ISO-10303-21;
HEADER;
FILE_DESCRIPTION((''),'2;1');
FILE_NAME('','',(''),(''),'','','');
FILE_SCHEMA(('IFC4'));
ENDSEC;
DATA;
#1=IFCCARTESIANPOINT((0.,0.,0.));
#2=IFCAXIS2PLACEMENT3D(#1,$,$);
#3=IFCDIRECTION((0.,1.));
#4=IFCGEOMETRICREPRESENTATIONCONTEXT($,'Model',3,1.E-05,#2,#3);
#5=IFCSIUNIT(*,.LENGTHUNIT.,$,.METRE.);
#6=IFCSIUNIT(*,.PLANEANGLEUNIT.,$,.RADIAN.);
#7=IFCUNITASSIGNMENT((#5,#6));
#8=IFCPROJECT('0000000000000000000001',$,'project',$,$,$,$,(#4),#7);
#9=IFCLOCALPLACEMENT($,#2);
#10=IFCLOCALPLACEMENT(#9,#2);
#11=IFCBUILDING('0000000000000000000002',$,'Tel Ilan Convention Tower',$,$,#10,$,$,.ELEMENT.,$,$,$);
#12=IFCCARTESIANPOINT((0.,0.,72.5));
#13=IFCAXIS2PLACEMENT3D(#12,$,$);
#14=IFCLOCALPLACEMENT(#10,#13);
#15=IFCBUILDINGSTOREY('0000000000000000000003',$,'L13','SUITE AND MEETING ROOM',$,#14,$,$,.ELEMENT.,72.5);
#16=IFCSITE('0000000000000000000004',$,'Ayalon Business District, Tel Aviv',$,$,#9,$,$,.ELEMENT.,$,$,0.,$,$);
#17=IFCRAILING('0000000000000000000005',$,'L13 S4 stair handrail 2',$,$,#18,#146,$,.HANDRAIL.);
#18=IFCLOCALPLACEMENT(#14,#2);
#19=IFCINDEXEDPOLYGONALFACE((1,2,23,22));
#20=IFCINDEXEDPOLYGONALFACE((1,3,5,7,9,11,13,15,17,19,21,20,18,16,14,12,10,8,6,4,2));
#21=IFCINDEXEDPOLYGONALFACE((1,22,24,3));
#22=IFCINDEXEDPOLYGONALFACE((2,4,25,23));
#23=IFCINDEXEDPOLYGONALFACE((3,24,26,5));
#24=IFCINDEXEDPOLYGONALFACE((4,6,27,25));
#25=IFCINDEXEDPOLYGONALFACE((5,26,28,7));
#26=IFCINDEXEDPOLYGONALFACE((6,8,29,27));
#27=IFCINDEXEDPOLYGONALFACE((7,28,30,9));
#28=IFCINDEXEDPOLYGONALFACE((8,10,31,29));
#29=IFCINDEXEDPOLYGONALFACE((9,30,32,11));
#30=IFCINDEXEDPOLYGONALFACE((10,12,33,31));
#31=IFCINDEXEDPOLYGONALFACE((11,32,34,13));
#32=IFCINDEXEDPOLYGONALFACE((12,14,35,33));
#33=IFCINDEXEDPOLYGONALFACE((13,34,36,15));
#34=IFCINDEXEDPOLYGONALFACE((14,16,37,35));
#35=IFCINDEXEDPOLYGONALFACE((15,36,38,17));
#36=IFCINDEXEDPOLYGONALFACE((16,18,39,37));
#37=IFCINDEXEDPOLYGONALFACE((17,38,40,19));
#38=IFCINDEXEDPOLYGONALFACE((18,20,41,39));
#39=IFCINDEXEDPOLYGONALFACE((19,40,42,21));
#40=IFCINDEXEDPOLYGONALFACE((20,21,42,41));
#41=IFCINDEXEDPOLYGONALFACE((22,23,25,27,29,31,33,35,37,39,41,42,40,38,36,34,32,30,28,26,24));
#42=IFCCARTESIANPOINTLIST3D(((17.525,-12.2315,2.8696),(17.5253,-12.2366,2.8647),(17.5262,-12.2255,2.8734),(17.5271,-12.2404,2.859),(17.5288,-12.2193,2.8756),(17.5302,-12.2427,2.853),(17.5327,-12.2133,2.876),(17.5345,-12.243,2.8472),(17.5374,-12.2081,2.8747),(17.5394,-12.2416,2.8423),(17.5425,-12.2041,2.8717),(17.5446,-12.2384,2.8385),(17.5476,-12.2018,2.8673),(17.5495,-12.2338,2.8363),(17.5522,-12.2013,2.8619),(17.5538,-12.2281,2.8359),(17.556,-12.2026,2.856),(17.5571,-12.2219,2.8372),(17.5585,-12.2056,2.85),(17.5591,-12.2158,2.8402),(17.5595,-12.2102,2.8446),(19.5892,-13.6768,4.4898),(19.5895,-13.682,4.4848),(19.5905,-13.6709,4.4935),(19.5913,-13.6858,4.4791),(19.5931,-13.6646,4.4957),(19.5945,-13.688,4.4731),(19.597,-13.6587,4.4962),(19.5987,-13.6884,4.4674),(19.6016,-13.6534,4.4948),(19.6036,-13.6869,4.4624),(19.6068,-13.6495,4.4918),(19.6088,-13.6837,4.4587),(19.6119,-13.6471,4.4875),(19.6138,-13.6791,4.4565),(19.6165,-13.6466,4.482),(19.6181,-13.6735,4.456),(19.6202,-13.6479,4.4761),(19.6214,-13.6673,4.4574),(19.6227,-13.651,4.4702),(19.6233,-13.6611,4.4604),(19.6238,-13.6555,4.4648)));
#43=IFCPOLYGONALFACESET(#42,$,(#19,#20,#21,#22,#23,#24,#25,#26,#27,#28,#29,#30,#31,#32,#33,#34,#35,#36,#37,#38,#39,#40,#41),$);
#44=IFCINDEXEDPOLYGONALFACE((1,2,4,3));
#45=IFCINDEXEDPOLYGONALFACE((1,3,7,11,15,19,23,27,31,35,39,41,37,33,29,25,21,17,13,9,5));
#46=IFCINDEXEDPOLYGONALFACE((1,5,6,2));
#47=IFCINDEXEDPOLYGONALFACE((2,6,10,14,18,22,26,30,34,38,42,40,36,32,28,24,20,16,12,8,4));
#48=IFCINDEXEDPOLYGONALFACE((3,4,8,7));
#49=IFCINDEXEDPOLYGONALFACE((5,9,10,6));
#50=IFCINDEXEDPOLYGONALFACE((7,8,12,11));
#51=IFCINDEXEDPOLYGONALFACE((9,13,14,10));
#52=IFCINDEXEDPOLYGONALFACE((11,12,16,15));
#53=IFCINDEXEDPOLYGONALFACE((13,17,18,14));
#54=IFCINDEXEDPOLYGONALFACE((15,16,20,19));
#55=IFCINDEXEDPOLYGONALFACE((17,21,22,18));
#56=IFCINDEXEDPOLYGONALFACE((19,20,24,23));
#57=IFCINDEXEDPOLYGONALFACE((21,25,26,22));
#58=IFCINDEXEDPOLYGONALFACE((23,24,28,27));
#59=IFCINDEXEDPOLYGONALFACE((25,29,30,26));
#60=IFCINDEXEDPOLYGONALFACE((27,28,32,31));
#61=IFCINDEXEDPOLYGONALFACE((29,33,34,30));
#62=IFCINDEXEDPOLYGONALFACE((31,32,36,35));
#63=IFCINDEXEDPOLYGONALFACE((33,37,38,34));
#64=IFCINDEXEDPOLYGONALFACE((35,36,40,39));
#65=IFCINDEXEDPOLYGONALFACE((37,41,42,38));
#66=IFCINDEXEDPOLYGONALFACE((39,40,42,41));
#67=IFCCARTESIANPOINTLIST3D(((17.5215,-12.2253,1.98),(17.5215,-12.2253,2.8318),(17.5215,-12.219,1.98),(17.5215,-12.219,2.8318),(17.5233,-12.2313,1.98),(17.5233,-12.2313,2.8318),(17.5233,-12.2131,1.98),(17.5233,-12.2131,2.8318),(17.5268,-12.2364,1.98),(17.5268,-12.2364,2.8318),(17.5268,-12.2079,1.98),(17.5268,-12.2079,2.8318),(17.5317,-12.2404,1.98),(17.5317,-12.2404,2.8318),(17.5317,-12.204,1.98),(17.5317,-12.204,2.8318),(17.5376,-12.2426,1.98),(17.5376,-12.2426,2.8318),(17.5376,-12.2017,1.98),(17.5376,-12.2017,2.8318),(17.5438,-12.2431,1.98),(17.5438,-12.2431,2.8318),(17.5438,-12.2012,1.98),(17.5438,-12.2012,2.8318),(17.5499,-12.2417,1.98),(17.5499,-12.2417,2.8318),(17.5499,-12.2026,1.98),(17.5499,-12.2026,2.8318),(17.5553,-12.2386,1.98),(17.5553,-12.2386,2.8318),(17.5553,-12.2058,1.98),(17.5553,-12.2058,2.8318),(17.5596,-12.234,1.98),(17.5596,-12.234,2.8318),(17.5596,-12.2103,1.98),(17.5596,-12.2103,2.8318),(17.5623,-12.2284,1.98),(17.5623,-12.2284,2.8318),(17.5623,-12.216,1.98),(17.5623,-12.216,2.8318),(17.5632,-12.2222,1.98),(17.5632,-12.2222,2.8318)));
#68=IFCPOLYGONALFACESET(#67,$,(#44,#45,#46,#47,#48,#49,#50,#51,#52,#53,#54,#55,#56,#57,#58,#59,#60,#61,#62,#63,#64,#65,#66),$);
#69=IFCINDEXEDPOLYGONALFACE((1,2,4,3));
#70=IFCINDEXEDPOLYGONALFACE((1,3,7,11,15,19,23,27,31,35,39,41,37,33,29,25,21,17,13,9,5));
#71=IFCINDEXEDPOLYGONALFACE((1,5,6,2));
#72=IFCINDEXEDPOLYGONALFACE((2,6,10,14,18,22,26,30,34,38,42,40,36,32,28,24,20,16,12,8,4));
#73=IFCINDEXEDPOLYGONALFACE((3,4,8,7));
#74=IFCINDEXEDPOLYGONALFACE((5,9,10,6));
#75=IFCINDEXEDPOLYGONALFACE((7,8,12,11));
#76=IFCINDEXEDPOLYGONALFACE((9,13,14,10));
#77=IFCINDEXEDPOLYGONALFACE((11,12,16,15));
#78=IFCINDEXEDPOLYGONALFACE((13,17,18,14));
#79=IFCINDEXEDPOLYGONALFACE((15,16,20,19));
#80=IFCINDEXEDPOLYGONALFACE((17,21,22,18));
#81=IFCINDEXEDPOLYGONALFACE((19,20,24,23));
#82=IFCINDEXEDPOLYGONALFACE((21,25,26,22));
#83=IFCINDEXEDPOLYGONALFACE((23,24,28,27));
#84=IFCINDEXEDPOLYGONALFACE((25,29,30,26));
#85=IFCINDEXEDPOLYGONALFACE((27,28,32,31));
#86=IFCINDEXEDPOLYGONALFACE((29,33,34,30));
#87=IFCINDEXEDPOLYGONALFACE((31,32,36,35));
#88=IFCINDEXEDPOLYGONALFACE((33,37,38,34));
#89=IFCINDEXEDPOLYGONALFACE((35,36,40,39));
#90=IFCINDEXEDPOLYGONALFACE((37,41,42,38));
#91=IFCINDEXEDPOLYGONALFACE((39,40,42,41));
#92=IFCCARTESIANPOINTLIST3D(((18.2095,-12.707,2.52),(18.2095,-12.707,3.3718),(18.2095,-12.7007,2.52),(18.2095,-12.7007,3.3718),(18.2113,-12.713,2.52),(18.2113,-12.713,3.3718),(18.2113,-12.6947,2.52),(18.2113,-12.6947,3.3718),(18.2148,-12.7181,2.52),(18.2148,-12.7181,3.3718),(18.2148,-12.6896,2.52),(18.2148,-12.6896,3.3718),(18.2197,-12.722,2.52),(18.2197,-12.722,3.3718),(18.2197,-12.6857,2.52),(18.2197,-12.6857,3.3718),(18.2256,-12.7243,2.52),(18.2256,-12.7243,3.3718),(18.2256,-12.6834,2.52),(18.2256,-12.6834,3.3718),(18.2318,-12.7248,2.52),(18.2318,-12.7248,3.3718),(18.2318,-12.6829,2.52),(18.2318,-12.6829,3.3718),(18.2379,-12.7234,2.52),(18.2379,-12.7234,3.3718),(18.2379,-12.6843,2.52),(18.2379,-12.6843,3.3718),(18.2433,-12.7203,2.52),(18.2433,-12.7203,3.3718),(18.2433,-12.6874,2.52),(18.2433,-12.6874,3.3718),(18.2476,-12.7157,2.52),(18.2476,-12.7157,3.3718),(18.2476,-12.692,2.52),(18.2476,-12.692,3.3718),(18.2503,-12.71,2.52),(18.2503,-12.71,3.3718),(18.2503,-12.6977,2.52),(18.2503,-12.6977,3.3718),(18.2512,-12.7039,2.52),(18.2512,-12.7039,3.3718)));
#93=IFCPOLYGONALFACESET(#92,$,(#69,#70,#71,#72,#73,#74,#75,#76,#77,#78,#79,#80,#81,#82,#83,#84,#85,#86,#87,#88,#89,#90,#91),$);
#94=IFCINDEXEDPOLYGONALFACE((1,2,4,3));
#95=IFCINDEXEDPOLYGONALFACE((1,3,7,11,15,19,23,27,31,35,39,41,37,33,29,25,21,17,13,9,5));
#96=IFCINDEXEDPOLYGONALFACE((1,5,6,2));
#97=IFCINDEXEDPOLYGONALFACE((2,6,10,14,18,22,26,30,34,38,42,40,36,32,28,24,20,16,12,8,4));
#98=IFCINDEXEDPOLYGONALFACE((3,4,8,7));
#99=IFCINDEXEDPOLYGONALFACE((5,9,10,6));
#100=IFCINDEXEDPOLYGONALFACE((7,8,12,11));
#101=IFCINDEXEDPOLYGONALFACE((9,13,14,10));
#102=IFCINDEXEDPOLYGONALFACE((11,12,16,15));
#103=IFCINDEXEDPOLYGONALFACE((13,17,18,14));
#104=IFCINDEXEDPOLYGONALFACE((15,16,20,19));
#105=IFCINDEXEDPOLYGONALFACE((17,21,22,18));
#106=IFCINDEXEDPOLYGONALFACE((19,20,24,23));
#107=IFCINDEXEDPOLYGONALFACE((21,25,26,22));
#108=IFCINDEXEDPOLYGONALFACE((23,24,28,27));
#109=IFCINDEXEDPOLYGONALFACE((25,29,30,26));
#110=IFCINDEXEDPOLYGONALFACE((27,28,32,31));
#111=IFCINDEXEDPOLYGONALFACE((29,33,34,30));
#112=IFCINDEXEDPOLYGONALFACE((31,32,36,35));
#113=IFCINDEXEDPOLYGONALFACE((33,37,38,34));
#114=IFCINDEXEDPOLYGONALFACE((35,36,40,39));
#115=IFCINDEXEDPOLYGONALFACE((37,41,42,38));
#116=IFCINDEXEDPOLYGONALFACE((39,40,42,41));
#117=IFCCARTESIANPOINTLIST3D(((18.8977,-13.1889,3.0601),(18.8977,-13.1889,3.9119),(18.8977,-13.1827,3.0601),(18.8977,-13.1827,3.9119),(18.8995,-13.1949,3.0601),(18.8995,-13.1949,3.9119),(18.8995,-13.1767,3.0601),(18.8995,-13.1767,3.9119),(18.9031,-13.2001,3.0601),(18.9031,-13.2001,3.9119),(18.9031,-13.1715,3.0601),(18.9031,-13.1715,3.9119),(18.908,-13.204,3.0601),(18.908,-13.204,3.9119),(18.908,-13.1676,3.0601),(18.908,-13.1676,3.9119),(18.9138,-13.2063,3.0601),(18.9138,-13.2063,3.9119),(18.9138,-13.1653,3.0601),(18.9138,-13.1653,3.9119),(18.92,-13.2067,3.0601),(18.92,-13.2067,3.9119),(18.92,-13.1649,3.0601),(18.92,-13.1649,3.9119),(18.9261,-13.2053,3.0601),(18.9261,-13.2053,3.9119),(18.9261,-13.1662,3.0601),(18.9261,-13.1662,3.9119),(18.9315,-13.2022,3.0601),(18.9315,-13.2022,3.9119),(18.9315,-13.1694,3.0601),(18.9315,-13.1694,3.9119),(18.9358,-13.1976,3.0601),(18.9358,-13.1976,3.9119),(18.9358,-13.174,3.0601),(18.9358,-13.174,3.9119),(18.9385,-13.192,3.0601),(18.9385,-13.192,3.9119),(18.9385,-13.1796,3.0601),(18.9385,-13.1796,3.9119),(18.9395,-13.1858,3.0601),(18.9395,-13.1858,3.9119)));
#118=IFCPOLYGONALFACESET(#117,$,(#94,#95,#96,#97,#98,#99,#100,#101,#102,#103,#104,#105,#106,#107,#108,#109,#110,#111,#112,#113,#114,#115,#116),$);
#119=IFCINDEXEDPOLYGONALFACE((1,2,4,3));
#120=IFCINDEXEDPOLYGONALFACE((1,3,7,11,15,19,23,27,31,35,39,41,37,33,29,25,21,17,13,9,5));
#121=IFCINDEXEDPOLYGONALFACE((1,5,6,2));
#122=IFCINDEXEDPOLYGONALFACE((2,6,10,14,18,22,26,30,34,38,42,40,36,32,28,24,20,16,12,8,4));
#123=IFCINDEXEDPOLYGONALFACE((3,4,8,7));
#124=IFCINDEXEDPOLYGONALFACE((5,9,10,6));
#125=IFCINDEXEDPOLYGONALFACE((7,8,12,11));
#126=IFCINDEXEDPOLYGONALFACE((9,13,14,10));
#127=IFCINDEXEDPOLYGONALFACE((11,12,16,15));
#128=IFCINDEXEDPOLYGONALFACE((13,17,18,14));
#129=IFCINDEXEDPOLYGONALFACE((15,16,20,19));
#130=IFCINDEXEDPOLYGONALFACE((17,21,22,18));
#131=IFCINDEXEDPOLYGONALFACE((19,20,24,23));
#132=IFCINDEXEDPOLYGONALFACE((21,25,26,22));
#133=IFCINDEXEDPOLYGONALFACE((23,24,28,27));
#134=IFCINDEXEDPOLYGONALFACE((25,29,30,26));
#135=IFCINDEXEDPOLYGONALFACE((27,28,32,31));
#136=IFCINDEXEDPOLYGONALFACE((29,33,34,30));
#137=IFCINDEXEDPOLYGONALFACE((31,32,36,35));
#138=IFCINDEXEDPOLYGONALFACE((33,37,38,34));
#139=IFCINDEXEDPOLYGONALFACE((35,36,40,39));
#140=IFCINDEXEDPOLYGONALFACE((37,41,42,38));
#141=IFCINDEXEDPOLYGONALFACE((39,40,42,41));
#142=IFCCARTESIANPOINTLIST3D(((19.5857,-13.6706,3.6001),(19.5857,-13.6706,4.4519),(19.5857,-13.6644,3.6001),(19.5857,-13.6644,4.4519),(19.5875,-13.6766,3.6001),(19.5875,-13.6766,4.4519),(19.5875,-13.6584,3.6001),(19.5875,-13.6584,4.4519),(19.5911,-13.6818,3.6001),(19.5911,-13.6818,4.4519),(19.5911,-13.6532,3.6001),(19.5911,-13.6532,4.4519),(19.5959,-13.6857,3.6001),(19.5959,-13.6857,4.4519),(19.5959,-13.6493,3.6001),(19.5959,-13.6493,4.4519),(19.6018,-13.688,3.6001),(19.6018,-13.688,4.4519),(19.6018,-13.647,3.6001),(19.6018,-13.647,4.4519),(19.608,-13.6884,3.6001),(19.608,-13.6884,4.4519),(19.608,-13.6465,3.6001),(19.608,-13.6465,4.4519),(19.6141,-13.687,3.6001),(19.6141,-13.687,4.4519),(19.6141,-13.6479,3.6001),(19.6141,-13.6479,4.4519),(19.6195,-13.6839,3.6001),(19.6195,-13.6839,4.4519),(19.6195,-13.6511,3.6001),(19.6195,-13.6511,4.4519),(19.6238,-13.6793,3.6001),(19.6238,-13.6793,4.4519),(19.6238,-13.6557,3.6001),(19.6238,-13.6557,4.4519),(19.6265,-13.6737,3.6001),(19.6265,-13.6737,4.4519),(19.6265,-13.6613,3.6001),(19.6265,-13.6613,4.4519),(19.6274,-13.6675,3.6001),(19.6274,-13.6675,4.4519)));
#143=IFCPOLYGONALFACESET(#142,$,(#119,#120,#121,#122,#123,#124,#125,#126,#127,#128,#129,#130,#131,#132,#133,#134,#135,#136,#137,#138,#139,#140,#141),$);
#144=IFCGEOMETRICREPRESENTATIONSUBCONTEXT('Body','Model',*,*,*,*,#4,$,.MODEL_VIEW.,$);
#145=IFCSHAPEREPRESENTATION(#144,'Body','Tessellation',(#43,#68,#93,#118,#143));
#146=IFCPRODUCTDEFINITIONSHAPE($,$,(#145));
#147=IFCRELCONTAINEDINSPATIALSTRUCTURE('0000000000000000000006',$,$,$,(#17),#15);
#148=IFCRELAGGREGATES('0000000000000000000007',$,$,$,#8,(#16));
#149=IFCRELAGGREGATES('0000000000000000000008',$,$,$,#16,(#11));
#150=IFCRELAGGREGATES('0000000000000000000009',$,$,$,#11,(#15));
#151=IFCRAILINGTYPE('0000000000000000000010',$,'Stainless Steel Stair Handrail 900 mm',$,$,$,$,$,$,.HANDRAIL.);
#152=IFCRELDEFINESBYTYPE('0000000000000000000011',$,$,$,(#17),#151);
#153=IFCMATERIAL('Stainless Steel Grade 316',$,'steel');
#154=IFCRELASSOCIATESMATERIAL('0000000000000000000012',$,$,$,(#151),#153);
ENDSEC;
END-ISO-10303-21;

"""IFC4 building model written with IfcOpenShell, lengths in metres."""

from ifc_helpers import new_model, si_unit, direction, frame, origin, origin_2d, place, context, subcontext, project, spatial, circle, extrude, material, type_object, element, save


model = new_model("IFC4")

# Units and contexts
model_context = context("Model", 3, precision=1e-05, world=origin(), true_north=direction((0.0, 1.0)))
body_context = subcontext(model_context, "Body", "Model", "MODEL_VIEW")
ifc_project = project(units=[si_unit("LENGTHUNIT", "METRE"), si_unit("PLANEANGLEUNIT", "RADIAN")], contexts=[model_context])

# Site, building, storey
site_placement = place(None, origin())
site = spatial("IfcSite", under=ifc_project, at=site_placement, Name="Ayalon Business District, Tel Aviv", CompositionType="ELEMENT", RefElevation=0.0)
building_placement = place(site_placement, origin())
building = spatial("IfcBuilding", under=site, at=building_placement, Name="Tel Ilan Convention Tower", CompositionType="ELEMENT")
storey_placement = place(building_placement, frame((0.0, 0.0, 72.5)))
storey = spatial("IfcBuildingStorey", under=building, at=storey_placement, Name="L13", Description="SUITE AND MEETING ROOM", CompositionType="ELEMENT", Elevation=72.5)

# Railing
ifc_material_1 = material(Name="Stainless Steel Grade 316", Category="steel")
railing_type = type_object("IfcRailingType", Name="Stainless Steel Stair Handrail 900 mm", PredefinedType="HANDRAIL", material=ifc_material_1)
railing_placement = place(storey_placement, frame((17.5422, -12.2222, 1.98)))
element("IfcRailing", 1, at=railing_placement, inside=storey, type_object=railing_type, Name="L13 S4 stair handrail 2", PredefinedType="HANDRAIL", context=body_context, shape_type="SweptSolid", body=[
    extrude(circle(Radius=0.0239, at=origin_2d()), frame((0.0, 0.0, 0.876), z_axis=(0.68904, -0.48245, 0.540801), x_axis=(0.57356, 0.819164, 0.0)), (0.0, 0.0, 1.0), 2.9958),
    extrude(circle(Radius=0.021, at=origin_2d()), origin(), (0.0, 0.0, 1.0), 0.8518),
    extrude(circle(Radius=0.021, at=origin_2d()), frame((0.688, -0.4817, 0.54)), (0.0, 0.0, 1.0), 0.8518),
    extrude(circle(Radius=0.021, at=origin_2d()), frame((1.3762, -0.9636, 1.0801)), (0.0, 0.0, 1.0), 0.8518),
    extrude(circle(Radius=0.021, at=origin_2d()), frame((2.0642, -1.4453, 1.6201)), (0.0, 0.0, 1.0), 0.8518),
])

save(model, "model.ifc")
